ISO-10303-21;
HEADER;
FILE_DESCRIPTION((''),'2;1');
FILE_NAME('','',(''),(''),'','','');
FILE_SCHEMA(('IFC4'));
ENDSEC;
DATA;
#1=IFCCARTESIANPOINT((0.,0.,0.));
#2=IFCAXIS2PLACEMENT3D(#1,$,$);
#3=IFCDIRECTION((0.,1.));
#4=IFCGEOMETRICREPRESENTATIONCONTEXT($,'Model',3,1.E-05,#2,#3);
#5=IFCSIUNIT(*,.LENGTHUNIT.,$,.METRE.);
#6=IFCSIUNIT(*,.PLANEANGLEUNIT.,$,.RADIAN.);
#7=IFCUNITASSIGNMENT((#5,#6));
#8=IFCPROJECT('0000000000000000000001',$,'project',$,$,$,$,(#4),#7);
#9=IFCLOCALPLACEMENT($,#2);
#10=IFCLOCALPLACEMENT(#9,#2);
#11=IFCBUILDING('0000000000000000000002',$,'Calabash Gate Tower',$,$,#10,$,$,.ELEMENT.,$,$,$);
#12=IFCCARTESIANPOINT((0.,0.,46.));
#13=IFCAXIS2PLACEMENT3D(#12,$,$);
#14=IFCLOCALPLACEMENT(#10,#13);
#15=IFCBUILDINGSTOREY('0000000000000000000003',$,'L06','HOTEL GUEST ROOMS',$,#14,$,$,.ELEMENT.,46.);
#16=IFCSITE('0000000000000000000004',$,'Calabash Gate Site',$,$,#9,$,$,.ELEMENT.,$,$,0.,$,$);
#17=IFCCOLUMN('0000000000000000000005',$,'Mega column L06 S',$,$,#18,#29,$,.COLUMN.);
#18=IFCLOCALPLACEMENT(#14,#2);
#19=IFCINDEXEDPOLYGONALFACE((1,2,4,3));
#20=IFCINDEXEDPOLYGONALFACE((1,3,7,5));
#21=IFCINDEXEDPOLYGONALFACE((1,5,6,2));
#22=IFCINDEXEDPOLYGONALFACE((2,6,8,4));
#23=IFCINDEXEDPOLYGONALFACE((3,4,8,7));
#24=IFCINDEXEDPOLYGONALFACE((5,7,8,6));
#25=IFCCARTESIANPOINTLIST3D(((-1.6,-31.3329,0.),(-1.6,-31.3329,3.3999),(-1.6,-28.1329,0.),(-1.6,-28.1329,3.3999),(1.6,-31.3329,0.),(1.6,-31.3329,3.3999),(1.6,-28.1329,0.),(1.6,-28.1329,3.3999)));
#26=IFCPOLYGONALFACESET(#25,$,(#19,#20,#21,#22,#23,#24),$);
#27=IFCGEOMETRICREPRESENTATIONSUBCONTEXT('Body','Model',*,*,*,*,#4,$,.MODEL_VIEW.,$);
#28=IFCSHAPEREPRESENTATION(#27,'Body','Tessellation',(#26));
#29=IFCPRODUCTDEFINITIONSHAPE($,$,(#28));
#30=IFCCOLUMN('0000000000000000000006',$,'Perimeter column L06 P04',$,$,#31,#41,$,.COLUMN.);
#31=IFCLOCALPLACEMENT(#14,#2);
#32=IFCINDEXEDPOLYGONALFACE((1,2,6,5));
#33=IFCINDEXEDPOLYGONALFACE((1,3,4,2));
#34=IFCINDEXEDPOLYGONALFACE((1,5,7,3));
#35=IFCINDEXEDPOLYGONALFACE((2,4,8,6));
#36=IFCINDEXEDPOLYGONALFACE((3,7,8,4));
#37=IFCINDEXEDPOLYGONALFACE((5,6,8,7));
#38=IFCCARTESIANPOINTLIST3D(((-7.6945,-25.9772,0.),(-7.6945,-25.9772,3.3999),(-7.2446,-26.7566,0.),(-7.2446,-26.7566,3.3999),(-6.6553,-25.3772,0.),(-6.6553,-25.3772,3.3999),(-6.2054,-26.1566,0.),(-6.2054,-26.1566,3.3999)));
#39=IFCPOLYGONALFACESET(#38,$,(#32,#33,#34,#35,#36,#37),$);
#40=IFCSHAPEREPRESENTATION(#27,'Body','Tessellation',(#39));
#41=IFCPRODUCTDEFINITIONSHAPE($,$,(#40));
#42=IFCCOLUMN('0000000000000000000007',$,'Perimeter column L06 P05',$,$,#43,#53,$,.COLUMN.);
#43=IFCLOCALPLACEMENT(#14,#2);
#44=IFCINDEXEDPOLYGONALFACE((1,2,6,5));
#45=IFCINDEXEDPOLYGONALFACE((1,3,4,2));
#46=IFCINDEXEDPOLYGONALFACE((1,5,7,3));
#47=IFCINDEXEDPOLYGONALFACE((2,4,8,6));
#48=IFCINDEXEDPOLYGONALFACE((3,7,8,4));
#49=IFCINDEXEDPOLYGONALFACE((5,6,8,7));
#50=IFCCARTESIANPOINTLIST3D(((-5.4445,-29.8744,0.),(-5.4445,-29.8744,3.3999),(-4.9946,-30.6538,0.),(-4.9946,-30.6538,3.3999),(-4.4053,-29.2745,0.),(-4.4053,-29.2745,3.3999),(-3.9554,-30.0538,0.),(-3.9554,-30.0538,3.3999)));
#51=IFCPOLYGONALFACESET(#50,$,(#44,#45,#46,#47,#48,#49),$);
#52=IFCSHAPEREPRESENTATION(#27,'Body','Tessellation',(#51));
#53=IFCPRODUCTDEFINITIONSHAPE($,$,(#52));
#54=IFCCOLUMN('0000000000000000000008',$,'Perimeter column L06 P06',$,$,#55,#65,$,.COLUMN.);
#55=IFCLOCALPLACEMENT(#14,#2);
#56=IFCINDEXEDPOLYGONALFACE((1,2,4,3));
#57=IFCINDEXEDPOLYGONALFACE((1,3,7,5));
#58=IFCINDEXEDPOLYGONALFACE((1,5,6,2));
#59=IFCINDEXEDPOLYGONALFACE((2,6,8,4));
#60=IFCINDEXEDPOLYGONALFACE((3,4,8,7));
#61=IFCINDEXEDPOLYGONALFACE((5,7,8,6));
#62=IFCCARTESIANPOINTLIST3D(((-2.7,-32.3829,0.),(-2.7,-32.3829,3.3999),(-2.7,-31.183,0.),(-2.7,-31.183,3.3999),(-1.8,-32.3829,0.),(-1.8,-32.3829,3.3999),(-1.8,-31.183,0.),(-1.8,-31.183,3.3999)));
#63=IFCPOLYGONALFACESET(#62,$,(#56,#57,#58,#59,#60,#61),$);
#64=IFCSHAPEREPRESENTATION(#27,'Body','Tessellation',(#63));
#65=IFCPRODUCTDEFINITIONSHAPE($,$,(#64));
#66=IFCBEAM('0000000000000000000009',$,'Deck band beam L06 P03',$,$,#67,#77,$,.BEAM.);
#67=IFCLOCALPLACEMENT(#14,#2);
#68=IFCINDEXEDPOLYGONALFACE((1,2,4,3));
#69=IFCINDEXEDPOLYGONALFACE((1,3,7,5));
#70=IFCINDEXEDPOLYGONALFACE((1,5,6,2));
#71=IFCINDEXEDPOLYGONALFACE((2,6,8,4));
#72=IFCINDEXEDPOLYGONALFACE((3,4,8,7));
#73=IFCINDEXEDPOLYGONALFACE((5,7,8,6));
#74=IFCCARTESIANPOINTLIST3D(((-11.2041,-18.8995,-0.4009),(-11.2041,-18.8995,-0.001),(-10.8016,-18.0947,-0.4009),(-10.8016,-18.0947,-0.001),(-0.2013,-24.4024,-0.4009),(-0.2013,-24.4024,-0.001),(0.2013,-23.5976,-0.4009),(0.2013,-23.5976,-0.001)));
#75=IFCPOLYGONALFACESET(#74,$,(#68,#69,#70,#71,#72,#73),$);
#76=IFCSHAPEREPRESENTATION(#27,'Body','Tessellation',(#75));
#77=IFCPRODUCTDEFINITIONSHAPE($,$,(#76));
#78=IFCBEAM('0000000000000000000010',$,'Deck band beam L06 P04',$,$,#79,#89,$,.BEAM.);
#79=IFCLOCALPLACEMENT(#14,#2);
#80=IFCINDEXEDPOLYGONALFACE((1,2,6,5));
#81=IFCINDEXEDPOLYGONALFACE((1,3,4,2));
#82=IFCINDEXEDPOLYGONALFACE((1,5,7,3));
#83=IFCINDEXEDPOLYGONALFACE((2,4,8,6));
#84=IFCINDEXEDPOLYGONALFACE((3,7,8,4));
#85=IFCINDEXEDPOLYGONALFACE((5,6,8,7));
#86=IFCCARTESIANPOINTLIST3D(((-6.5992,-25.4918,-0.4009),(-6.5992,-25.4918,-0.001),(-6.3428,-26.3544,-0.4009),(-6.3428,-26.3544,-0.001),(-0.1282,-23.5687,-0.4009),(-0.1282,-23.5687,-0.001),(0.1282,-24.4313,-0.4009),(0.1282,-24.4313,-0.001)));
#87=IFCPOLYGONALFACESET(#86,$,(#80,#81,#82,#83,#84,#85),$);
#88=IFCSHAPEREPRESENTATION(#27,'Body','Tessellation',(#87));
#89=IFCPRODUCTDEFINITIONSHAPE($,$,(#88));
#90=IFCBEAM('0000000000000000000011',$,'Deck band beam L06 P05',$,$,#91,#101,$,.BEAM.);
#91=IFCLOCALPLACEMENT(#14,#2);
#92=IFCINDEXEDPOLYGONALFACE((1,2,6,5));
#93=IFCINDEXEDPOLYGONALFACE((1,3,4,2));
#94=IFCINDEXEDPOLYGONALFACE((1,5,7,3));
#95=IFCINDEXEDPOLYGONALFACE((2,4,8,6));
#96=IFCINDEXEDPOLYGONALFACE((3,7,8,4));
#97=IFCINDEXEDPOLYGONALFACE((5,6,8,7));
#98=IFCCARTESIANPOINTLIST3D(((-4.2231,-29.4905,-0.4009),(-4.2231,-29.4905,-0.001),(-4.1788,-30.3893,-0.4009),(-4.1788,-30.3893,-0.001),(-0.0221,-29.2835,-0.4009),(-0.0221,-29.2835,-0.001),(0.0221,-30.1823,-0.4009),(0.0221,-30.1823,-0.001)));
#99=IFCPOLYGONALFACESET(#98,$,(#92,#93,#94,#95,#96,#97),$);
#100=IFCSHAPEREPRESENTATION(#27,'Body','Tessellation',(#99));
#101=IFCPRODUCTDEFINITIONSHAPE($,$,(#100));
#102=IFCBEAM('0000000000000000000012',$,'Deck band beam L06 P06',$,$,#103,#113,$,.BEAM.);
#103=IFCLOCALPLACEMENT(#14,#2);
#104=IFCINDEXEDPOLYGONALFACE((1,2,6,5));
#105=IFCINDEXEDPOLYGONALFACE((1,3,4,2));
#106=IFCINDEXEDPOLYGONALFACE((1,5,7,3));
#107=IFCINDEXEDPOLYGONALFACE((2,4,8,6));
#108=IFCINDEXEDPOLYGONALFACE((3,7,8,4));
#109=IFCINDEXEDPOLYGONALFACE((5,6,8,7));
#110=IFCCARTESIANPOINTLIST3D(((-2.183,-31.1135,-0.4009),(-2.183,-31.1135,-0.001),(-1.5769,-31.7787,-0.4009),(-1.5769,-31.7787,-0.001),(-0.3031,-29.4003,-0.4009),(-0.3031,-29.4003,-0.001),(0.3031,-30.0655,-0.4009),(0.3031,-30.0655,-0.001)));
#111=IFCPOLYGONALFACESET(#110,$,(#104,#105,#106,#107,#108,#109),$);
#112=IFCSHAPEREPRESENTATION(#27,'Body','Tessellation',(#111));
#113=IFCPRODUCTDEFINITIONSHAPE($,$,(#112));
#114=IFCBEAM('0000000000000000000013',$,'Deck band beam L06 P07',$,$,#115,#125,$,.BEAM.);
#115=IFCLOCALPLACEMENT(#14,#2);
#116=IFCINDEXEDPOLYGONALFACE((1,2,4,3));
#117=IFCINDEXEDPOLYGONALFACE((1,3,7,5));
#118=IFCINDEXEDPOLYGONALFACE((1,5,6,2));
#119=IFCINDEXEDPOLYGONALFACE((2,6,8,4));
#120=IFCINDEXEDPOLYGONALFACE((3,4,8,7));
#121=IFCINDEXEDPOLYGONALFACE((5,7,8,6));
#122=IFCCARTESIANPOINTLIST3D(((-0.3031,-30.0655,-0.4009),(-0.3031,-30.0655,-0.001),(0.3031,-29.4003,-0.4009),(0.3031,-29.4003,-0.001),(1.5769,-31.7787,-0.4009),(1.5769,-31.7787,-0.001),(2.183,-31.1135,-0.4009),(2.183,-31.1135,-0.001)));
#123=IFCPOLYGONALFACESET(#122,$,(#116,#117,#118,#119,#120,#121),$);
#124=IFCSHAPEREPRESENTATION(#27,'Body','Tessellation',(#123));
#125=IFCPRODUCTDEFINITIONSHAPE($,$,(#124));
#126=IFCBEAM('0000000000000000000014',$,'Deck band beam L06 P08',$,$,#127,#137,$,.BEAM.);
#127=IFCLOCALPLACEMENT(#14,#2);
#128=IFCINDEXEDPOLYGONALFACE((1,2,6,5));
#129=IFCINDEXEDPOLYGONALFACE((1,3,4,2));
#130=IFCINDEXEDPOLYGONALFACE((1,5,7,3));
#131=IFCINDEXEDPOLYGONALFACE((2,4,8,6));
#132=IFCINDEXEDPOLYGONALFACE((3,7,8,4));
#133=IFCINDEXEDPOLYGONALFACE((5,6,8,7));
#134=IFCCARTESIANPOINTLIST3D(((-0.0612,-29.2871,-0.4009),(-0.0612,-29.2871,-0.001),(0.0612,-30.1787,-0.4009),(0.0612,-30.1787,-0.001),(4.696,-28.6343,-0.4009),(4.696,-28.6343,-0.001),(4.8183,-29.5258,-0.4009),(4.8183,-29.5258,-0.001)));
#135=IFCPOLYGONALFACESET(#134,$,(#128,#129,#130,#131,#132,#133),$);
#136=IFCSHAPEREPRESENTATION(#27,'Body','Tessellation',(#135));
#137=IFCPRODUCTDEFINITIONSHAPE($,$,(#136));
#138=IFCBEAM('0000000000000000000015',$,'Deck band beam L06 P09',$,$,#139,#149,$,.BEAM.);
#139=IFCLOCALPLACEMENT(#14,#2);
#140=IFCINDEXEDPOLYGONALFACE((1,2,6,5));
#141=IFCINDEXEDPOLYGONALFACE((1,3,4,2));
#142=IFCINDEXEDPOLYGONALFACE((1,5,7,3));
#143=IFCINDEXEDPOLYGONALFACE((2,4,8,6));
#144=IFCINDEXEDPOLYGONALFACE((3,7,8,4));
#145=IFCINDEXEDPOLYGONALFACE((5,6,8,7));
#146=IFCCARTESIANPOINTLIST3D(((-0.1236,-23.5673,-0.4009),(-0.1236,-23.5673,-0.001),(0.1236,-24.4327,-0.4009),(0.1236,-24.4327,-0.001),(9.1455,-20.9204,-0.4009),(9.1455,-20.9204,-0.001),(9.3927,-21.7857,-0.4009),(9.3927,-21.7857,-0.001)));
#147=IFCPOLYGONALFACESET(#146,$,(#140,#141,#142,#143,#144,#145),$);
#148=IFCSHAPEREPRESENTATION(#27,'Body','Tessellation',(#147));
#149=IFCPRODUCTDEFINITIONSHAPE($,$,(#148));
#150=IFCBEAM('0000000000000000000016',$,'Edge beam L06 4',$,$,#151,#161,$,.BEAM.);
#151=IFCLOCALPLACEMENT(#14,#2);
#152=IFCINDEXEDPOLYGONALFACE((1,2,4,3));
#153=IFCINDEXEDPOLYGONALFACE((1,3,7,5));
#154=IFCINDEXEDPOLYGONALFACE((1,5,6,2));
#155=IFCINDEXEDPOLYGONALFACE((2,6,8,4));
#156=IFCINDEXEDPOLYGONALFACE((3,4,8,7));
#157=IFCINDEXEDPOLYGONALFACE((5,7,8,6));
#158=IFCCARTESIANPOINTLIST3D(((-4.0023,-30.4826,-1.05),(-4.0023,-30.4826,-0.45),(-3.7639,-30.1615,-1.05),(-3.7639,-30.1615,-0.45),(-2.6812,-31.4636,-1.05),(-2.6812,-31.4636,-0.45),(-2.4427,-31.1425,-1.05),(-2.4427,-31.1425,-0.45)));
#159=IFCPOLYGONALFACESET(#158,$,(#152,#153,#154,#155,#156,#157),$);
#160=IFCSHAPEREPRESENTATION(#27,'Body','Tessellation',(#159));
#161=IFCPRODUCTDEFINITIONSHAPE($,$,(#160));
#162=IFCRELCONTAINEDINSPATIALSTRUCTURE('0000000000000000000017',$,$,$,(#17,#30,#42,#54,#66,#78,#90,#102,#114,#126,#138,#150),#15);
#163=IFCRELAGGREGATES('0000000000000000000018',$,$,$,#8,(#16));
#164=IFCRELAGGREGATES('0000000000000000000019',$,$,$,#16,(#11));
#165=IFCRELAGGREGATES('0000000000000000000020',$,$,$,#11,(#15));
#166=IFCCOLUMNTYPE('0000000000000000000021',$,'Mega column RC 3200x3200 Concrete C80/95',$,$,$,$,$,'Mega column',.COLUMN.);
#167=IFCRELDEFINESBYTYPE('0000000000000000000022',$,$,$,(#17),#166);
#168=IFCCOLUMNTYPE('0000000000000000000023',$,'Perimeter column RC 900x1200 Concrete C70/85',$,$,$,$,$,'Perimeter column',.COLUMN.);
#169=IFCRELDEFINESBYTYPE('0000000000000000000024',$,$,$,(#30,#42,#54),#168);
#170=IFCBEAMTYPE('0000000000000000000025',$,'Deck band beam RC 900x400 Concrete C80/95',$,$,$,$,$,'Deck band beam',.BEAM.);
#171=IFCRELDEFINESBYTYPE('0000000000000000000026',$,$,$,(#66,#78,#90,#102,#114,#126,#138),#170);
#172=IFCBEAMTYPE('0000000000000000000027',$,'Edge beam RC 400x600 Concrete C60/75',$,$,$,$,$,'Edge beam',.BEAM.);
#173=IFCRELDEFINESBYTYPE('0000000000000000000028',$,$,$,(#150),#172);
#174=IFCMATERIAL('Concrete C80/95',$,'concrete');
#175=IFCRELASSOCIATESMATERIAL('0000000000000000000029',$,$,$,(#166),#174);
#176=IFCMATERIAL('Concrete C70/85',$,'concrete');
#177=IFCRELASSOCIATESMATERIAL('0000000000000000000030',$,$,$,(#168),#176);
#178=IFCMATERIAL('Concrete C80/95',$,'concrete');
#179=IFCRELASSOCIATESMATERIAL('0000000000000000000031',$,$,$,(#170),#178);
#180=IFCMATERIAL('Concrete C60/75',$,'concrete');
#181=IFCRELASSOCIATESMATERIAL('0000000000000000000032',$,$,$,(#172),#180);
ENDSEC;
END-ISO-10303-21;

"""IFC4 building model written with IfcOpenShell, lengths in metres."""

from ifc_helpers import new_model, si_unit, direction, frame, origin, origin_2d, place, context, subcontext, project, spatial, rectangle, extrude, material, material_profile, profile_set, type_object, element, save


model = new_model("IFC4")

# Units and contexts
model_context = context("Model", 3, precision=1e-05, world=origin(), true_north=direction((0.0, 1.0)))
body_context = subcontext(model_context, "Body", "Model", "MODEL_VIEW")
ifc_project = project(units=[si_unit("LENGTHUNIT", "METRE"), si_unit("PLANEANGLEUNIT", "RADIAN")], contexts=[model_context])

# Site, building, storey
site_placement = place(None, origin())
site = spatial("IfcSite", under=ifc_project, at=site_placement, Name="Calabash Gate Site", CompositionType="ELEMENT", RefElevation=0.0)
building_placement = place(site_placement, origin())
building = spatial("IfcBuilding", under=site, at=building_placement, Name="Calabash Gate Tower", CompositionType="ELEMENT")
storey_placement = place(building_placement, frame((0.0, 0.0, 46.0)))
storey = spatial("IfcBuildingStorey", under=building, at=storey_placement, Name="L06", Description="HOTEL GUEST ROOMS", CompositionType="ELEMENT", Elevation=46.0)

# Columns
ifc_material_1 = material(Name="Concrete C80/95", Category="concrete")
ifc_material_profile_1 = material_profile(ifc_material_1, rectangle(XDim=3.2, YDim=3.2, at=origin_2d()))
ifc_profile_set_1 = profile_set([ifc_material_profile_1], Name="Concrete C80/95")
column_type_1 = type_object("IfcColumnType", Name="Mega column RC 3200x3200 Concrete C80/95", ElementType="Mega column", PredefinedType="COLUMN", material=ifc_profile_set_1)
column_placement = place(storey_placement, frame((0.0, -29.7329, 0.0), z_axis=(0.0, 0.0, 1.0), x_axis=(0.0, 1.0, 0.0)))
element("IfcColumn", 1, at=column_placement, inside=storey, type_object=column_type_1, Name="Mega column L06 S", PredefinedType="COLUMN", context=body_context, shape_type="SweptSolid", body=[
    extrude(rectangle(XDim=3.2, YDim=3.2, at=origin_2d()), origin(), (0.0, 0.0, 1.0), 3.3999),
])
ifc_material_2 = material(Name="Concrete C70/85", Category="concrete")
ifc_material_profile_2 = material_profile(ifc_material_2, rectangle(XDim=0.8999, YDim=1.2, at=origin_2d()))
ifc_profile_set_2 = profile_set([ifc_material_profile_2], Name="Concrete C70/85")
column_type_2 = type_object("IfcColumnType", Name="Perimeter column RC 900x1200 Concrete C70/85", ElementType="Perimeter column", PredefinedType="COLUMN", material=ifc_profile_set_2)
for number, where, z_axis, x_axis, name in (
    (2, (-6.95, -26.0669, 0.0), (0.0, 0.0, 1.0), (0.5, -0.866025, 0.0), "Perimeter column L06 P04"),
    (3, (-4.7, -29.9641, 0.0), (0.0, 0.0, 1.0), (0.5, -0.866025, 0.0), "Perimeter column L06 P05"),
    (4, (-2.25, -31.783, 0.0), (0.0, 0.0, 1.0), (1.0, 0.0, 0.0), "Perimeter column L06 P06"),
):
    element("IfcColumn", number, at=place(storey_placement, frame(where, z_axis=z_axis, x_axis=x_axis)), inside=storey, type_object=column_type_2, Name=name, PredefinedType="COLUMN", context=body_context, shape_type="SweptSolid", body=[
        extrude(rectangle(XDim=0.8999, YDim=1.2, at=origin_2d()), origin(), (0.0, 0.0, 1.0), 3.3999),
    ])

# Beams
ifc_material_3 = material(Name="Concrete C80/95", Category="concrete")
ifc_material_profile_3 = material_profile(ifc_material_3, rectangle(XDim=0.8999, YDim=0.3999, at=origin_2d()))
ifc_profile_set_3 = profile_set([ifc_material_profile_3], Name="Concrete C80/95")
beam_type_1 = type_object("IfcBeamType", Name="Deck band beam RC 900x400 Concrete C80/95", ElementType="Deck band beam", PredefinedType="BEAM", material=ifc_profile_set_3)
beam_1_placement = place(storey_placement, frame((0.0, -24.0, -0.2009), z_axis=(-0.89438, 0.447309, 0.0), x_axis=(-0.447309, -0.89438, 0.0)))
element("IfcBeam", 5, at=beam_1_placement, inside=storey, type_object=beam_type_1, Name="Deck band beam L06 P03", PredefinedType="BEAM", context=body_context, shape_type="SweptSolid", body=[
    extrude(rectangle(XDim=0.8999, YDim=0.3999, at=origin_2d()), origin(), (0.0, 0.0, 1.0), 12.3022),
])
beam_2_placement = place(storey_placement, frame((0.0, -24.0, -0.2009), z_axis=(-0.958565, -0.284875, 0.0), x_axis=(0.284875, -0.958565, 0.0)))
element("IfcBeam", 6, at=beam_2_placement, inside=storey, type_object=beam_type_1, Name="Deck band beam L06 P04", PredefinedType="BEAM", context=body_context, shape_type="SweptSolid", body=[
    extrude(rectangle(XDim=0.8999, YDim=0.3999, at=origin_2d()), origin(), (0.0, 0.0, 1.0), 6.7507),
])
beam_3_placement = place(storey_placement, frame((0.0, -29.7329, -0.2009), z_axis=(-0.998788, -0.049223, 0.0), x_axis=(0.049223, -0.998788, 0.0)))
element("IfcBeam", 7, at=beam_3_placement, inside=storey, type_object=beam_type_1, Name="Deck band beam L06 P05", PredefinedType="BEAM", context=body_context, shape_type="SweptSolid", body=[
    extrude(rectangle(XDim=0.8999, YDim=0.3999, at=origin_2d()), origin(), (0.0, 0.0, 1.0), 4.2061),
])
for number, where, z_axis, x_axis, name in (
    (8, (0.0, -29.7329, -0.2009), (-0.739127, -0.673566, 0.0), (0.673566, -0.739127, 0.0), "Deck band beam L06 P06"),
    (9, (0.0, -29.7329, -0.2009), (0.739127, -0.673566, 0.0), (0.673566, 0.739127, 0.0), "Deck band beam L06 P07"),
):
    element("IfcBeam", number, at=place(storey_placement, frame(where, z_axis=z_axis, x_axis=x_axis)), inside=storey, type_object=beam_type_1, Name=name, PredefinedType="BEAM", context=body_context, shape_type="SweptSolid", body=[
        extrude(rectangle(XDim=0.8999, YDim=0.3999, at=origin_2d()), origin(), (0.0, 0.0, 1.0), 2.5435),
    ])
beam_4_placement = place(storey_placement, frame((0.0, -29.7329, -0.2009), z_axis=(0.990714, 0.135959, 0.0), x_axis=(-0.135959, 0.990714, 0.0)))
element("IfcBeam", 10, at=beam_4_placement, inside=storey, type_object=beam_type_1, Name="Deck band beam L06 P08", PredefinedType="BEAM", context=body_context, shape_type="SweptSolid", body=[
    extrude(rectangle(XDim=0.8999, YDim=0.3999, at=origin_2d()), origin(), (0.0, 0.0, 1.0), 4.8018),
])
beam_5_placement = place(storey_placement, frame((0.0, -24.0, -0.2009), z_axis=(0.96156, 0.274594, 0.0), x_axis=(-0.274594, 0.96156, 0.0)))
element("IfcBeam", 11, at=beam_5_placement, inside=storey, type_object=beam_type_1, Name="Deck band beam L06 P09", PredefinedType="BEAM", context=body_context, shape_type="SweptSolid", body=[
    extrude(rectangle(XDim=0.8999, YDim=0.3999, at=origin_2d()), origin(), (0.0, 0.0, 1.0), 9.6396),
])
ifc_material_4 = material(Name="Concrete C60/75", Category="concrete")
ifc_material_profile_4 = material_profile(ifc_material_4, rectangle(XDim=0.3999, YDim=0.6001, at=origin_2d()))
ifc_profile_set_4 = profile_set([ifc_material_profile_4], Name="Concrete C60/75")
beam_type_2 = type_object("IfcBeamType", Name="Edge beam RC 400x600 Concrete C60/75", ElementType="Edge beam", PredefinedType="BEAM", material=ifc_profile_set_4)
beam_6_placement = place(storey_placement, frame((-3.8831, -30.322, -0.75), z_axis=(0.802857, -0.596171, 0.0), x_axis=(0.596171, 0.802857, 0.0)))
element("IfcBeam", 12, at=beam_6_placement, inside=storey, type_object=beam_type_2, Name="Edge beam L06 4", PredefinedType="BEAM", context=body_context, shape_type="SweptSolid", body=[
    extrude(rectangle(XDim=0.3999, YDim=0.6001, at=origin_2d()), origin(), (0.0, 0.0, 1.0), 1.6455),
])

save(model, "model.ifc")
